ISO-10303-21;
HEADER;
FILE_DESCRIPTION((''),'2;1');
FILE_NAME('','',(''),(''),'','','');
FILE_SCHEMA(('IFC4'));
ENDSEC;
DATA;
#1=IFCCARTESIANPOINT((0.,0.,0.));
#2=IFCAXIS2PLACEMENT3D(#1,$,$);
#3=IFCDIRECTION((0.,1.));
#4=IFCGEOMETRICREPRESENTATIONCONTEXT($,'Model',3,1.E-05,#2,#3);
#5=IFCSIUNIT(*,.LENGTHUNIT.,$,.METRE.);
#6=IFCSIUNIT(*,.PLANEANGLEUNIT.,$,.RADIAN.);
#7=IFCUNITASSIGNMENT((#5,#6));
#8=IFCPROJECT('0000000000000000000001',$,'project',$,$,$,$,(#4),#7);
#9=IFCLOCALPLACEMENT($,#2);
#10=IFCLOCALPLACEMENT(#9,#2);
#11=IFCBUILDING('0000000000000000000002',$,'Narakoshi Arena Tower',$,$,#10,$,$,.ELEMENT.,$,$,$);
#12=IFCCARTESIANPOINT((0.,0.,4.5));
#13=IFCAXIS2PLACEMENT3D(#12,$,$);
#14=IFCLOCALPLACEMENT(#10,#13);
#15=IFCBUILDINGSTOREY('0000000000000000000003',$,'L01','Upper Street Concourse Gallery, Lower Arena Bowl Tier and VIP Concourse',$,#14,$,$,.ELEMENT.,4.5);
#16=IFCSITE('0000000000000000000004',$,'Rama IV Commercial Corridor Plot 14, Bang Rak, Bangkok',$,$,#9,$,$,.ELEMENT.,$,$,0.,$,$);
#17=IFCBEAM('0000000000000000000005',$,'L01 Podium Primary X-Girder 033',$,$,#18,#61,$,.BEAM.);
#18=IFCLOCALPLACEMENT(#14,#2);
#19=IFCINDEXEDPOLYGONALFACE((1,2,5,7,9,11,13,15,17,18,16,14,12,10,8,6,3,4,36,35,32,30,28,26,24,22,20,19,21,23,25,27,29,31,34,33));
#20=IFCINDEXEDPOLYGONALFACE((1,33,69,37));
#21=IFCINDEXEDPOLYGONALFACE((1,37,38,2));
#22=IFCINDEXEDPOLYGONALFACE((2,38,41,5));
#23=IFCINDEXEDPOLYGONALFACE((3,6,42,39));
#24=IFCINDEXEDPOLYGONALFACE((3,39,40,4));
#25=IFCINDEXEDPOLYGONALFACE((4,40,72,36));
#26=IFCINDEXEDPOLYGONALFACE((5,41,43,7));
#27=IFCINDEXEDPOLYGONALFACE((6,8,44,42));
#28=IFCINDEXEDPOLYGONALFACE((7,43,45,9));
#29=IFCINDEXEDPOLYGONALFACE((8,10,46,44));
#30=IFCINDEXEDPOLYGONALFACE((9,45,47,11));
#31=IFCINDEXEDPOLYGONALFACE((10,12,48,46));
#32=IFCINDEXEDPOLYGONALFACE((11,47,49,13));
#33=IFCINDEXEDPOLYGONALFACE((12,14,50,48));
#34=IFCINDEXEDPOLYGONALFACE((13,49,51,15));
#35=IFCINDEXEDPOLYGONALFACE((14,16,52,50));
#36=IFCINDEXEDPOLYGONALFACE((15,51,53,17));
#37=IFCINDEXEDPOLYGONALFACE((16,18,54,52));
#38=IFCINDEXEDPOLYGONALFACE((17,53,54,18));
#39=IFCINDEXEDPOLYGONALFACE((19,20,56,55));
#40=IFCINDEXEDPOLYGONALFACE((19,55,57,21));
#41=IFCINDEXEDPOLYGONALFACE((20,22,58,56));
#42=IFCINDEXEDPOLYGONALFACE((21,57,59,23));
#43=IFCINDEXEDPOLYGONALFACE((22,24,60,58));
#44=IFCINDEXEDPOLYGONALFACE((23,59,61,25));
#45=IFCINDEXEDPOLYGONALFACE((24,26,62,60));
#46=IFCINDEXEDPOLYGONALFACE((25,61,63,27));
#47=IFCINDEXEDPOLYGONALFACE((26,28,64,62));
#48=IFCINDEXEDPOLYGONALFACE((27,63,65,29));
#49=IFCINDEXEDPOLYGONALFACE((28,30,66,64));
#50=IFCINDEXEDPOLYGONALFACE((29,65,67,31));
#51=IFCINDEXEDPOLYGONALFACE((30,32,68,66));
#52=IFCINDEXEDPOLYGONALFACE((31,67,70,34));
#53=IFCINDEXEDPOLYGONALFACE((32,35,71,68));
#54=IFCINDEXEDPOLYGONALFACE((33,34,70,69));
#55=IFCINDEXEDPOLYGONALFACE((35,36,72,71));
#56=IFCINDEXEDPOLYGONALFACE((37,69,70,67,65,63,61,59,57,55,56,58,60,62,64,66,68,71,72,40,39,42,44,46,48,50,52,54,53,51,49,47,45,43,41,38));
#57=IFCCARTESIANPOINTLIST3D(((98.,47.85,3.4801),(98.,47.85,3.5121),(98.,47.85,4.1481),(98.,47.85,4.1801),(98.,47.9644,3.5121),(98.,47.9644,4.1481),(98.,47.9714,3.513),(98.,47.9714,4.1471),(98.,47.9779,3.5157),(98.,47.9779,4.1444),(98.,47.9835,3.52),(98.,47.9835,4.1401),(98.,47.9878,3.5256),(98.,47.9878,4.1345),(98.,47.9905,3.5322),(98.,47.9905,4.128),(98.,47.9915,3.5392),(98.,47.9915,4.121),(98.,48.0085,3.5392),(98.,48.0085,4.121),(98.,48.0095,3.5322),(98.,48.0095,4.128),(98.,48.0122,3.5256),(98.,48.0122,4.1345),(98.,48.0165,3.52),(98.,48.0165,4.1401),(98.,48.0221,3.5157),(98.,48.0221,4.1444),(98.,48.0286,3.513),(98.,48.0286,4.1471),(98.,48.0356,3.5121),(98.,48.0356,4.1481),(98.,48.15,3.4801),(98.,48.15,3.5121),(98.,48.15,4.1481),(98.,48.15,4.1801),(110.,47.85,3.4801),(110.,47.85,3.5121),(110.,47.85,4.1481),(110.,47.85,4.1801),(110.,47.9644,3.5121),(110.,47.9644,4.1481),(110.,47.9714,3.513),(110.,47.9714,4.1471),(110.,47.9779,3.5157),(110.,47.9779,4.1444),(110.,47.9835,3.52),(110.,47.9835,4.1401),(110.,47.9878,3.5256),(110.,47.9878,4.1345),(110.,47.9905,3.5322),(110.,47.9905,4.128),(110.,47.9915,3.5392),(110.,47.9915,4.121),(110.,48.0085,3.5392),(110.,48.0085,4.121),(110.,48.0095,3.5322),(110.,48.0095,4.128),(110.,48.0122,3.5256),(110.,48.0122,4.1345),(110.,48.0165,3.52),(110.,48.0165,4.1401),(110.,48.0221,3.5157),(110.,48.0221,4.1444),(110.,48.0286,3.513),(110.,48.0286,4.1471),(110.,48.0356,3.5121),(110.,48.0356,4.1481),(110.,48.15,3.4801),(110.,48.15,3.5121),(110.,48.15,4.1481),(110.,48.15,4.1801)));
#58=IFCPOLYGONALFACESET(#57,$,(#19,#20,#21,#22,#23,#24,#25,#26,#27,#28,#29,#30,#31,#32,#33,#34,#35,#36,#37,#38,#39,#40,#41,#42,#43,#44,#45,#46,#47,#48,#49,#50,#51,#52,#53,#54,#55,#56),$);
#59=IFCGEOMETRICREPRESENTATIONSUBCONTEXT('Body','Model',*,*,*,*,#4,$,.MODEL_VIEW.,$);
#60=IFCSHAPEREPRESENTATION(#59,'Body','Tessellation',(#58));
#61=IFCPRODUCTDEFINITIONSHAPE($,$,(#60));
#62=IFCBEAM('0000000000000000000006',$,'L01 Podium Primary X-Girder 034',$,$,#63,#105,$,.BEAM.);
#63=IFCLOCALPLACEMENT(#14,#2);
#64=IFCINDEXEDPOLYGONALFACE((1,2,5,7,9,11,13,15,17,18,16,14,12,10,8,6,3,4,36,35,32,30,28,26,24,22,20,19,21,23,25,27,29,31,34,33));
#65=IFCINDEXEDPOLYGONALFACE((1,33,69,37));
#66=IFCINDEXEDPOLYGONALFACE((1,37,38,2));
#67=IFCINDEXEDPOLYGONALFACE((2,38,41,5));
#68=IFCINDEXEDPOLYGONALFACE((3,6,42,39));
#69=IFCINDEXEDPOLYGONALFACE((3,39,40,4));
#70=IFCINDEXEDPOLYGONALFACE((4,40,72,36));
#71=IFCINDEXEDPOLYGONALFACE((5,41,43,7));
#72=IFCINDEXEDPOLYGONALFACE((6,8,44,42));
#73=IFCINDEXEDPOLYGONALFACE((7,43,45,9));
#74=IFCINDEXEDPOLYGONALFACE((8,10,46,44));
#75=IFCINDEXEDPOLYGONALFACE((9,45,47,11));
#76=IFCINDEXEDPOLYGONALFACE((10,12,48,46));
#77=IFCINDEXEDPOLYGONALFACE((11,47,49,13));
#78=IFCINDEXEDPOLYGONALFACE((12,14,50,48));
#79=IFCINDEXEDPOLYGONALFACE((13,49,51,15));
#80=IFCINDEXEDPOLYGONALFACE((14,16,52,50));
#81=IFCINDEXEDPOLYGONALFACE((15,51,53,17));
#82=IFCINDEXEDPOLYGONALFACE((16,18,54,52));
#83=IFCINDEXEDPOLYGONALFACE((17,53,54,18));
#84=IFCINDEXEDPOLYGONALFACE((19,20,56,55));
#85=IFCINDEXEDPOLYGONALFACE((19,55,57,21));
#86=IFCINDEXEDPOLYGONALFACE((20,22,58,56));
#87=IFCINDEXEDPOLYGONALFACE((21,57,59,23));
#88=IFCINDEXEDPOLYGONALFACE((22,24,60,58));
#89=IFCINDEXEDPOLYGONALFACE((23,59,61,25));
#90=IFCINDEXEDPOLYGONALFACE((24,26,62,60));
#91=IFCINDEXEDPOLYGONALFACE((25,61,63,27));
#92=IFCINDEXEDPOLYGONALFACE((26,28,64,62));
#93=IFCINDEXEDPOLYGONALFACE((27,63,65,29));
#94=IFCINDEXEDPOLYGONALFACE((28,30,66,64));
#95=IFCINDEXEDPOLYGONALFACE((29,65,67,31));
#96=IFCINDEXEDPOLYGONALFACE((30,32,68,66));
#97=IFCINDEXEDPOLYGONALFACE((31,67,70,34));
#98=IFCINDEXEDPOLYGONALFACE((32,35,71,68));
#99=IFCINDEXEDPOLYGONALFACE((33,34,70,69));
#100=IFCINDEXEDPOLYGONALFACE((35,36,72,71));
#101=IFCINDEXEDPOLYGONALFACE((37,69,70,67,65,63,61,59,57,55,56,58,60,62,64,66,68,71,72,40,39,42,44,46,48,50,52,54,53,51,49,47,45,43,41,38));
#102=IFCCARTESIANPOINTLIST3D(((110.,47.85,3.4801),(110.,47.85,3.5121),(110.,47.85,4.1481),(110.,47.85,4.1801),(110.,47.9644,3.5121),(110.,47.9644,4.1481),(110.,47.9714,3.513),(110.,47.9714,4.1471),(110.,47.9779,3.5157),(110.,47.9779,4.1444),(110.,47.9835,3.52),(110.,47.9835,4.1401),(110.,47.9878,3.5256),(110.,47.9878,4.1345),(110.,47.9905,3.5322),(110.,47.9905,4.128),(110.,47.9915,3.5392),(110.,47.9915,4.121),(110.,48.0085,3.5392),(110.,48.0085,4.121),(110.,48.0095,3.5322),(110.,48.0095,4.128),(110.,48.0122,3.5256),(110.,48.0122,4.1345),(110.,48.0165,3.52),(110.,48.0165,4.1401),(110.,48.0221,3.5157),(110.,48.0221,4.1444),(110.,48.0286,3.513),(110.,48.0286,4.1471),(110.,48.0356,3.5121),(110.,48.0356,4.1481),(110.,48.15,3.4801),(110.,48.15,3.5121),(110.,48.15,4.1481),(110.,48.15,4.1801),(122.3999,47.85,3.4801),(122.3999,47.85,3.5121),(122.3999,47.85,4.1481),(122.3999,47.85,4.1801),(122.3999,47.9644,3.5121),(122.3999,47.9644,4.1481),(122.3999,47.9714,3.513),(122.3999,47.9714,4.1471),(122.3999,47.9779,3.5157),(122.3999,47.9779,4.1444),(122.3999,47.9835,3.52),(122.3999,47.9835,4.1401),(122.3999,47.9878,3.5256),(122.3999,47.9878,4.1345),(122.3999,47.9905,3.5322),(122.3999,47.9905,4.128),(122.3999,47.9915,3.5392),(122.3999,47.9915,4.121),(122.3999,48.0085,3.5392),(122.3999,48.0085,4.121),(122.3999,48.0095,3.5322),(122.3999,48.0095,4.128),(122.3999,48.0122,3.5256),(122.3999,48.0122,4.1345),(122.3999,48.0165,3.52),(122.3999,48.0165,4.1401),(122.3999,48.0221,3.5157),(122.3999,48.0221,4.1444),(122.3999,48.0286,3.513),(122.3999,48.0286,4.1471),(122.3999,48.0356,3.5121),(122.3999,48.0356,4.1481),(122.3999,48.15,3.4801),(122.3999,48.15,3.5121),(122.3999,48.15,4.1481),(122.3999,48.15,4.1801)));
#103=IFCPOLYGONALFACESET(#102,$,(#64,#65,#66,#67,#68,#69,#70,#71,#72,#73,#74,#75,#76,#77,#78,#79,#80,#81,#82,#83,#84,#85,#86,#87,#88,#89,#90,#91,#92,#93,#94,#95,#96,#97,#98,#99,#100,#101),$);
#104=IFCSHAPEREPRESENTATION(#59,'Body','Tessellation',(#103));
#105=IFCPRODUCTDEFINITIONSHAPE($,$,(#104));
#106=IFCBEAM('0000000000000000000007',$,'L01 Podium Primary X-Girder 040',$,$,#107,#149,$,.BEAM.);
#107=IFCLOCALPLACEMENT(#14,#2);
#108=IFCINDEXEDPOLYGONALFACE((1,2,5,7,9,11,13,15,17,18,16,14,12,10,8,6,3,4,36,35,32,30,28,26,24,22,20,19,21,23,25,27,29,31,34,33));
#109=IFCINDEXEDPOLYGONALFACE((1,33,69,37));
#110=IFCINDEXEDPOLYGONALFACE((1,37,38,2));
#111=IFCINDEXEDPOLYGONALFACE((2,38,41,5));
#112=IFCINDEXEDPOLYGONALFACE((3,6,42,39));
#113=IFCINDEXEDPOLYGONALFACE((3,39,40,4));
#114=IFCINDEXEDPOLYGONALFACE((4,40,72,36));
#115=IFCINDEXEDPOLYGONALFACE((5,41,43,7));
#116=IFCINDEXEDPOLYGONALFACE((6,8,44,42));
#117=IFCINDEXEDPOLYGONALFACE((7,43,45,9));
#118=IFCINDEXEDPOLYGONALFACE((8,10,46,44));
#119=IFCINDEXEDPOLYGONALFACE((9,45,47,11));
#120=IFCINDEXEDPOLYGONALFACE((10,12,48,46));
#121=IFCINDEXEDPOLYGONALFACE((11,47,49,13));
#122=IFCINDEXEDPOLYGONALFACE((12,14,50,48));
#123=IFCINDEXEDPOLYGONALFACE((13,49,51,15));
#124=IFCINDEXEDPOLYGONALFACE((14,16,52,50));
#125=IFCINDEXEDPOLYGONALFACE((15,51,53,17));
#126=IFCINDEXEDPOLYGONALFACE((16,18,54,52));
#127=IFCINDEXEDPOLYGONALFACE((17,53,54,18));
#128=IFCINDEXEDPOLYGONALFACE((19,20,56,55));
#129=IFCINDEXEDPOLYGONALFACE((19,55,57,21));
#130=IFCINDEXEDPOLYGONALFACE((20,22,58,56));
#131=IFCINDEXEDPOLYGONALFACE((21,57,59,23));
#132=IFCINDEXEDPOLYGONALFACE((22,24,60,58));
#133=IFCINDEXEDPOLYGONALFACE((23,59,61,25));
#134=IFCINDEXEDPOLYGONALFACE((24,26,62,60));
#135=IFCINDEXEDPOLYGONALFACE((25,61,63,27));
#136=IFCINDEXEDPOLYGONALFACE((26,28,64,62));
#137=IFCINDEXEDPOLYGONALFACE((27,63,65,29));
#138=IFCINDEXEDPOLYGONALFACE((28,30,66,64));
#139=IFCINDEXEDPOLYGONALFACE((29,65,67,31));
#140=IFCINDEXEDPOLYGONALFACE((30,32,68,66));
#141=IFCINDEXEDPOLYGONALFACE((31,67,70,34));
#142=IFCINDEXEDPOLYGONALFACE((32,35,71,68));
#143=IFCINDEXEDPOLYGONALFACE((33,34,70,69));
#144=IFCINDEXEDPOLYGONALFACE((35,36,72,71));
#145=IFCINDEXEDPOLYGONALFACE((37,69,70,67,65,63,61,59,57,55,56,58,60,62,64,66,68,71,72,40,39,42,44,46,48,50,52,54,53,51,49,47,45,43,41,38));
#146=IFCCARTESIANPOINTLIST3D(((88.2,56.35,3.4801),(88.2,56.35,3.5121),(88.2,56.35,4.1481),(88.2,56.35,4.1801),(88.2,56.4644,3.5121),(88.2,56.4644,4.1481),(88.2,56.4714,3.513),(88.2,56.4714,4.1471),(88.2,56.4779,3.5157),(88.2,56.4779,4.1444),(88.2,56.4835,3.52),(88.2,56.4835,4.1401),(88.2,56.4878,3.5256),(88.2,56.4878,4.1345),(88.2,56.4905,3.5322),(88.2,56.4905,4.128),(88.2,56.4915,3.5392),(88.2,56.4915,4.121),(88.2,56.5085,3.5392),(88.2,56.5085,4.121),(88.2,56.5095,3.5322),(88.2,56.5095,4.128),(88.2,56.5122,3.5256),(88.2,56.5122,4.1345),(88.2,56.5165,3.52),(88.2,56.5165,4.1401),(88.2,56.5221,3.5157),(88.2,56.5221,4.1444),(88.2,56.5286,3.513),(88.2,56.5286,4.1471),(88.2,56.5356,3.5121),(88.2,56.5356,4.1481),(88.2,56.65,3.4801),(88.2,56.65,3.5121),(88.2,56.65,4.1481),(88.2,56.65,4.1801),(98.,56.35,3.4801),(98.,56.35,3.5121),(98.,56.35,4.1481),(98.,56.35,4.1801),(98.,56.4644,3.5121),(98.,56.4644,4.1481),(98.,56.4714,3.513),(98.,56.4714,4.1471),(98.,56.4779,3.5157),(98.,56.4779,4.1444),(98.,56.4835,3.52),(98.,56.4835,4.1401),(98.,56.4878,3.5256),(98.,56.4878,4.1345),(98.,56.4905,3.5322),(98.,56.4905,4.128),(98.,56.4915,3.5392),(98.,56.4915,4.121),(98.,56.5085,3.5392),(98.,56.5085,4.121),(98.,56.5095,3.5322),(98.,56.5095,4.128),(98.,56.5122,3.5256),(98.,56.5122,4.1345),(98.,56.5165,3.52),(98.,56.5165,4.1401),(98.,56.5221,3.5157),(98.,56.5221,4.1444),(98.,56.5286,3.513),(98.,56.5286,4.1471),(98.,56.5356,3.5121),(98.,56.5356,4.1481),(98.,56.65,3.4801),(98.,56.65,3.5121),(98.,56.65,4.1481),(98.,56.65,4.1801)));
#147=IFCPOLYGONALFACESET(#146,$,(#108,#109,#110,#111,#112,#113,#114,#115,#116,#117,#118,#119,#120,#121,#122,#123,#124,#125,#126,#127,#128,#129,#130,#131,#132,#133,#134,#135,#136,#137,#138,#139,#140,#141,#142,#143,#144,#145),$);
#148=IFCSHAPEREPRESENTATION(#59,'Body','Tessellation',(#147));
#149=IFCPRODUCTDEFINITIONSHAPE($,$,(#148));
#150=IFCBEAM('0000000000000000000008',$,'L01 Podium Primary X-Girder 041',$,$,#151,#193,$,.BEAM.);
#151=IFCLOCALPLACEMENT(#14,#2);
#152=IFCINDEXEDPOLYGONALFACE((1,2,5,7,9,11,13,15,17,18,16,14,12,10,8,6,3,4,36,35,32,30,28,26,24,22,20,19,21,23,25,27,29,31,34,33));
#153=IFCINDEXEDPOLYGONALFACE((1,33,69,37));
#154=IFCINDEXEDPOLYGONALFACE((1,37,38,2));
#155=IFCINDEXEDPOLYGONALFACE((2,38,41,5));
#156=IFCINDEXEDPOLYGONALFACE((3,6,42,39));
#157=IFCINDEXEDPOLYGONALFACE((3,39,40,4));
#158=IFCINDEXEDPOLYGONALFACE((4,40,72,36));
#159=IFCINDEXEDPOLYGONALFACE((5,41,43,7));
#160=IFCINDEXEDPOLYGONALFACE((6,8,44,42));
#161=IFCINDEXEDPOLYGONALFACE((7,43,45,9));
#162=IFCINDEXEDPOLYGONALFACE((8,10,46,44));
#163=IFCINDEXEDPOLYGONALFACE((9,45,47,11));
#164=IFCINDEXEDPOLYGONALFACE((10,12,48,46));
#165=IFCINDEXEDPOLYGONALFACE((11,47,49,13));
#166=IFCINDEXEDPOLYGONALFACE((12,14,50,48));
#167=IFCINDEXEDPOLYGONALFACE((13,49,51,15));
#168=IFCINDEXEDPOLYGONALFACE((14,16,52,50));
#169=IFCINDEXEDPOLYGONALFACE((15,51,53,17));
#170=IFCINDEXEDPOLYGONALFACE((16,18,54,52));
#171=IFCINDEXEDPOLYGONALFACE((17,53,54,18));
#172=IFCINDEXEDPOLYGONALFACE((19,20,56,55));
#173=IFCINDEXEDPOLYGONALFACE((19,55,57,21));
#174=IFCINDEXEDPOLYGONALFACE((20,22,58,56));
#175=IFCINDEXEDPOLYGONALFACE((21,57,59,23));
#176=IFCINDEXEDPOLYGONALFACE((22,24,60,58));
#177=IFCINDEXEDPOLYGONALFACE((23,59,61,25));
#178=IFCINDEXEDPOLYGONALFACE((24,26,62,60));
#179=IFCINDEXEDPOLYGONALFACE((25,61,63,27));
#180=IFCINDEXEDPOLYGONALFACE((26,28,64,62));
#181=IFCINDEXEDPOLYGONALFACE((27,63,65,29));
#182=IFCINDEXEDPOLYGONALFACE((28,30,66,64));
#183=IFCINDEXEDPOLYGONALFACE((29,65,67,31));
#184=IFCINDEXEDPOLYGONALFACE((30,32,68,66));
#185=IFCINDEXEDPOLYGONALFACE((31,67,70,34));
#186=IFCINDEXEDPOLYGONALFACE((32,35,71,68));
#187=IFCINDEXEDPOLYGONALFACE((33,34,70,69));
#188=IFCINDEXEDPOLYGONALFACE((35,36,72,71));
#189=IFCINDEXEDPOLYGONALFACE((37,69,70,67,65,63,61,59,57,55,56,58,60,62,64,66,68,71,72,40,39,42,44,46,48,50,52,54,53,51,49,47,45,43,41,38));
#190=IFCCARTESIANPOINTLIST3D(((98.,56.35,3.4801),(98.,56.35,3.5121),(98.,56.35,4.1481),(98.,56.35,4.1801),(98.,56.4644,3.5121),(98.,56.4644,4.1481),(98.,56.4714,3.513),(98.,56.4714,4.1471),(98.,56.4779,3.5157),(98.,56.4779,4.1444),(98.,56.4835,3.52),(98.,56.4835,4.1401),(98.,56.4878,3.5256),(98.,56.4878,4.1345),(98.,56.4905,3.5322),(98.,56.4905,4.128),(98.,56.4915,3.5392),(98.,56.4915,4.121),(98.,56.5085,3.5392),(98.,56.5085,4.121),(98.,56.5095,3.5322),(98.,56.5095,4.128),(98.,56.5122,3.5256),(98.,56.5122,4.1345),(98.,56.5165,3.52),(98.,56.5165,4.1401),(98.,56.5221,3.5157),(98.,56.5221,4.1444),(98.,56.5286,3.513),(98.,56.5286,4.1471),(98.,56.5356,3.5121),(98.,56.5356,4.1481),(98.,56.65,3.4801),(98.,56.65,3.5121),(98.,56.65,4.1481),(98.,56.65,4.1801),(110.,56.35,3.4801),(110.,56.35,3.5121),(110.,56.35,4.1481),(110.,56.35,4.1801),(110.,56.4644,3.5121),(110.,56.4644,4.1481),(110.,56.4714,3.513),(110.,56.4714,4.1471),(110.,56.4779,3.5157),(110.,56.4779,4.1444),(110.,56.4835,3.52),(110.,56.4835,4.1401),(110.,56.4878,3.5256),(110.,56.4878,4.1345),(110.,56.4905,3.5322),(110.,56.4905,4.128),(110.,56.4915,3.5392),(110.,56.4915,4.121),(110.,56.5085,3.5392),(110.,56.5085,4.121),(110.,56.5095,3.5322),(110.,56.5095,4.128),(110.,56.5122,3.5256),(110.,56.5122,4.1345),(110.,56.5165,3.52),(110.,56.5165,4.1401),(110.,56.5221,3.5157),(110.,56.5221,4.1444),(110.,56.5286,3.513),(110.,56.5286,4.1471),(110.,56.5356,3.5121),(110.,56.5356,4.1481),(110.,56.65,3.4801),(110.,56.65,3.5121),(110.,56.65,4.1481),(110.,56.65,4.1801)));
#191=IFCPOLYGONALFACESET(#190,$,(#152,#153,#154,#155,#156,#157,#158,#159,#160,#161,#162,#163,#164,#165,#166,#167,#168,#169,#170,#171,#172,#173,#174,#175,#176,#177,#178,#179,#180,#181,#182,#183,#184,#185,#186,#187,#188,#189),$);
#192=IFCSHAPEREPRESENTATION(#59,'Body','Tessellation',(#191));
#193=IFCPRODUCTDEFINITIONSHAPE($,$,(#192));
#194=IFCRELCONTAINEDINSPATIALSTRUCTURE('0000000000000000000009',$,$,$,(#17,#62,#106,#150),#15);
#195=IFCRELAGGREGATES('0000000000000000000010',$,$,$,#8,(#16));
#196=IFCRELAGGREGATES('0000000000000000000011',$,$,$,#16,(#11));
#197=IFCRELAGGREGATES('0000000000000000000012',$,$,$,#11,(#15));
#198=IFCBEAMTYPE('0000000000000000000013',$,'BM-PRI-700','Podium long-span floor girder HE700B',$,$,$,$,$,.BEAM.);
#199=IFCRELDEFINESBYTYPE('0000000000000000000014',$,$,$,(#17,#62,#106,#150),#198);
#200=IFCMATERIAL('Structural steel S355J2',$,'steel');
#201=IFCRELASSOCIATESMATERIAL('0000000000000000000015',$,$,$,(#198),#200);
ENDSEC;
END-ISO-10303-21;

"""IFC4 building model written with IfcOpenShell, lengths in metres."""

from ifc_helpers import new_model, si_unit, direction, frame, origin, origin_2d, place, context, subcontext, project, spatial, i_section, extrude, material, material_profile, profile_set, type_object, element, save


model = new_model("IFC4")

# Units and contexts
model_context = context("Model", 3, precision=1e-05, world=origin(), true_north=direction((0.0, 1.0)))
body_context = subcontext(model_context, "Body", "Model", "MODEL_VIEW")
ifc_project = project(units=[si_unit("LENGTHUNIT", "METRE"), si_unit("PLANEANGLEUNIT", "RADIAN")], contexts=[model_context])

# Site, building, storey
site_placement = place(None, origin())
site = spatial("IfcSite", under=ifc_project, at=site_placement, Name="Rama IV Commercial Corridor Plot 14, Bang Rak, Bangkok", CompositionType="ELEMENT", RefElevation=0.0)
building_placement = place(site_placement, origin())
building = spatial("IfcBuilding", under=site, at=building_placement, Name="Narakoshi Arena Tower", CompositionType="ELEMENT")
storey_placement = place(building_placement, frame((0.0, 0.0, 4.5)))
storey = spatial("IfcBuildingStorey", under=building, at=storey_placement, Name="L01", Description="Upper Street Concourse Gallery, Lower Arena Bowl Tier and VIP Concourse", CompositionType="ELEMENT", Elevation=4.5)

# Beams
ifc_material_1 = material(Name="Structural steel S355J2", Category="steel")
ifc_material_profile_1 = material_profile(ifc_material_1, i_section(OverallWidth=0.3, OverallDepth=0.7, WebThickness=0.0171, FlangeThickness=0.032, FilletRadius=0.0271, at=origin_2d()), Name="HE700B")
ifc_profile_set_1 = profile_set([ifc_material_profile_1], Name="Structural steel S355J2")
beam_type_1 = type_object("IfcBeamType", Name="BM-PRI-700", Description="Podium long-span floor girder HE700B", PredefinedType="BEAM", material=ifc_profile_set_1)
beam_1_placement = place(storey_placement, frame((98.0, 48.0, 3.8301), z_axis=(1.0, 0.0, 0.0), x_axis=(0.0, 1.0, 0.0)))
element("IfcBeam", 1, at=beam_1_placement, inside=storey, type_object=beam_type_1, Name="L01 Podium Primary X-Girder 033", PredefinedType="BEAM", context=body_context, shape_type="SweptSolid", body=[
    extrude(i_section(OverallWidth=0.3, OverallDepth=0.7, WebThickness=0.0171, FlangeThickness=0.032, FilletRadius=0.0271, at=origin_2d()), origin(), (0.0, 0.0, 1.0), 12.0),
])
beam_2_placement = place(storey_placement, frame((110.0, 48.0, 3.8301), z_axis=(1.0, 0.0, 0.0), x_axis=(0.0, 1.0, 0.0)))
element("IfcBeam", 2, at=beam_2_placement, inside=storey, type_object=beam_type_1, Name="L01 Podium Primary X-Girder 034", PredefinedType="BEAM", context=body_context, shape_type="SweptSolid", body=[
    extrude(i_section(OverallWidth=0.3, OverallDepth=0.7, WebThickness=0.0171, FlangeThickness=0.032, FilletRadius=0.0271, at=origin_2d()), origin(), (0.0, 0.0, 1.0), 12.3999),
])
beam_3_placement = place(storey_placement, frame((88.2, 56.5, 3.8301), z_axis=(1.0, 0.0, 0.0), x_axis=(0.0, 1.0, 0.0)))
element("IfcBeam", 3, at=beam_3_placement, inside=storey, type_object=beam_type_1, Name="L01 Podium Primary X-Girder 040", PredefinedType="BEAM", context=body_context, shape_type="SweptSolid", body=[
    extrude(i_section(OverallWidth=0.3, OverallDepth=0.7, WebThickness=0.0171, FlangeThickness=0.032, FilletRadius=0.0271, at=origin_2d()), origin(), (0.0, 0.0, 1.0), 9.8),
])
beam_4_placement = place(storey_placement, frame((98.0, 56.5, 3.8301), z_axis=(1.0, 0.0, 0.0), x_axis=(0.0, 1.0, 0.0)))
element("IfcBeam", 4, at=beam_4_placement, inside=storey, type_object=beam_type_1, Name="L01 Podium Primary X-Girder 041", PredefinedType="BEAM", context=body_context, shape_type="SweptSolid", body=[
    extrude(i_section(OverallWidth=0.3, OverallDepth=0.7, WebThickness=0.0171, FlangeThickness=0.032, FilletRadius=0.0271, at=origin_2d()), origin(), (0.0, 0.0, 1.0), 12.0),
])

save(model, "model.ifc")
